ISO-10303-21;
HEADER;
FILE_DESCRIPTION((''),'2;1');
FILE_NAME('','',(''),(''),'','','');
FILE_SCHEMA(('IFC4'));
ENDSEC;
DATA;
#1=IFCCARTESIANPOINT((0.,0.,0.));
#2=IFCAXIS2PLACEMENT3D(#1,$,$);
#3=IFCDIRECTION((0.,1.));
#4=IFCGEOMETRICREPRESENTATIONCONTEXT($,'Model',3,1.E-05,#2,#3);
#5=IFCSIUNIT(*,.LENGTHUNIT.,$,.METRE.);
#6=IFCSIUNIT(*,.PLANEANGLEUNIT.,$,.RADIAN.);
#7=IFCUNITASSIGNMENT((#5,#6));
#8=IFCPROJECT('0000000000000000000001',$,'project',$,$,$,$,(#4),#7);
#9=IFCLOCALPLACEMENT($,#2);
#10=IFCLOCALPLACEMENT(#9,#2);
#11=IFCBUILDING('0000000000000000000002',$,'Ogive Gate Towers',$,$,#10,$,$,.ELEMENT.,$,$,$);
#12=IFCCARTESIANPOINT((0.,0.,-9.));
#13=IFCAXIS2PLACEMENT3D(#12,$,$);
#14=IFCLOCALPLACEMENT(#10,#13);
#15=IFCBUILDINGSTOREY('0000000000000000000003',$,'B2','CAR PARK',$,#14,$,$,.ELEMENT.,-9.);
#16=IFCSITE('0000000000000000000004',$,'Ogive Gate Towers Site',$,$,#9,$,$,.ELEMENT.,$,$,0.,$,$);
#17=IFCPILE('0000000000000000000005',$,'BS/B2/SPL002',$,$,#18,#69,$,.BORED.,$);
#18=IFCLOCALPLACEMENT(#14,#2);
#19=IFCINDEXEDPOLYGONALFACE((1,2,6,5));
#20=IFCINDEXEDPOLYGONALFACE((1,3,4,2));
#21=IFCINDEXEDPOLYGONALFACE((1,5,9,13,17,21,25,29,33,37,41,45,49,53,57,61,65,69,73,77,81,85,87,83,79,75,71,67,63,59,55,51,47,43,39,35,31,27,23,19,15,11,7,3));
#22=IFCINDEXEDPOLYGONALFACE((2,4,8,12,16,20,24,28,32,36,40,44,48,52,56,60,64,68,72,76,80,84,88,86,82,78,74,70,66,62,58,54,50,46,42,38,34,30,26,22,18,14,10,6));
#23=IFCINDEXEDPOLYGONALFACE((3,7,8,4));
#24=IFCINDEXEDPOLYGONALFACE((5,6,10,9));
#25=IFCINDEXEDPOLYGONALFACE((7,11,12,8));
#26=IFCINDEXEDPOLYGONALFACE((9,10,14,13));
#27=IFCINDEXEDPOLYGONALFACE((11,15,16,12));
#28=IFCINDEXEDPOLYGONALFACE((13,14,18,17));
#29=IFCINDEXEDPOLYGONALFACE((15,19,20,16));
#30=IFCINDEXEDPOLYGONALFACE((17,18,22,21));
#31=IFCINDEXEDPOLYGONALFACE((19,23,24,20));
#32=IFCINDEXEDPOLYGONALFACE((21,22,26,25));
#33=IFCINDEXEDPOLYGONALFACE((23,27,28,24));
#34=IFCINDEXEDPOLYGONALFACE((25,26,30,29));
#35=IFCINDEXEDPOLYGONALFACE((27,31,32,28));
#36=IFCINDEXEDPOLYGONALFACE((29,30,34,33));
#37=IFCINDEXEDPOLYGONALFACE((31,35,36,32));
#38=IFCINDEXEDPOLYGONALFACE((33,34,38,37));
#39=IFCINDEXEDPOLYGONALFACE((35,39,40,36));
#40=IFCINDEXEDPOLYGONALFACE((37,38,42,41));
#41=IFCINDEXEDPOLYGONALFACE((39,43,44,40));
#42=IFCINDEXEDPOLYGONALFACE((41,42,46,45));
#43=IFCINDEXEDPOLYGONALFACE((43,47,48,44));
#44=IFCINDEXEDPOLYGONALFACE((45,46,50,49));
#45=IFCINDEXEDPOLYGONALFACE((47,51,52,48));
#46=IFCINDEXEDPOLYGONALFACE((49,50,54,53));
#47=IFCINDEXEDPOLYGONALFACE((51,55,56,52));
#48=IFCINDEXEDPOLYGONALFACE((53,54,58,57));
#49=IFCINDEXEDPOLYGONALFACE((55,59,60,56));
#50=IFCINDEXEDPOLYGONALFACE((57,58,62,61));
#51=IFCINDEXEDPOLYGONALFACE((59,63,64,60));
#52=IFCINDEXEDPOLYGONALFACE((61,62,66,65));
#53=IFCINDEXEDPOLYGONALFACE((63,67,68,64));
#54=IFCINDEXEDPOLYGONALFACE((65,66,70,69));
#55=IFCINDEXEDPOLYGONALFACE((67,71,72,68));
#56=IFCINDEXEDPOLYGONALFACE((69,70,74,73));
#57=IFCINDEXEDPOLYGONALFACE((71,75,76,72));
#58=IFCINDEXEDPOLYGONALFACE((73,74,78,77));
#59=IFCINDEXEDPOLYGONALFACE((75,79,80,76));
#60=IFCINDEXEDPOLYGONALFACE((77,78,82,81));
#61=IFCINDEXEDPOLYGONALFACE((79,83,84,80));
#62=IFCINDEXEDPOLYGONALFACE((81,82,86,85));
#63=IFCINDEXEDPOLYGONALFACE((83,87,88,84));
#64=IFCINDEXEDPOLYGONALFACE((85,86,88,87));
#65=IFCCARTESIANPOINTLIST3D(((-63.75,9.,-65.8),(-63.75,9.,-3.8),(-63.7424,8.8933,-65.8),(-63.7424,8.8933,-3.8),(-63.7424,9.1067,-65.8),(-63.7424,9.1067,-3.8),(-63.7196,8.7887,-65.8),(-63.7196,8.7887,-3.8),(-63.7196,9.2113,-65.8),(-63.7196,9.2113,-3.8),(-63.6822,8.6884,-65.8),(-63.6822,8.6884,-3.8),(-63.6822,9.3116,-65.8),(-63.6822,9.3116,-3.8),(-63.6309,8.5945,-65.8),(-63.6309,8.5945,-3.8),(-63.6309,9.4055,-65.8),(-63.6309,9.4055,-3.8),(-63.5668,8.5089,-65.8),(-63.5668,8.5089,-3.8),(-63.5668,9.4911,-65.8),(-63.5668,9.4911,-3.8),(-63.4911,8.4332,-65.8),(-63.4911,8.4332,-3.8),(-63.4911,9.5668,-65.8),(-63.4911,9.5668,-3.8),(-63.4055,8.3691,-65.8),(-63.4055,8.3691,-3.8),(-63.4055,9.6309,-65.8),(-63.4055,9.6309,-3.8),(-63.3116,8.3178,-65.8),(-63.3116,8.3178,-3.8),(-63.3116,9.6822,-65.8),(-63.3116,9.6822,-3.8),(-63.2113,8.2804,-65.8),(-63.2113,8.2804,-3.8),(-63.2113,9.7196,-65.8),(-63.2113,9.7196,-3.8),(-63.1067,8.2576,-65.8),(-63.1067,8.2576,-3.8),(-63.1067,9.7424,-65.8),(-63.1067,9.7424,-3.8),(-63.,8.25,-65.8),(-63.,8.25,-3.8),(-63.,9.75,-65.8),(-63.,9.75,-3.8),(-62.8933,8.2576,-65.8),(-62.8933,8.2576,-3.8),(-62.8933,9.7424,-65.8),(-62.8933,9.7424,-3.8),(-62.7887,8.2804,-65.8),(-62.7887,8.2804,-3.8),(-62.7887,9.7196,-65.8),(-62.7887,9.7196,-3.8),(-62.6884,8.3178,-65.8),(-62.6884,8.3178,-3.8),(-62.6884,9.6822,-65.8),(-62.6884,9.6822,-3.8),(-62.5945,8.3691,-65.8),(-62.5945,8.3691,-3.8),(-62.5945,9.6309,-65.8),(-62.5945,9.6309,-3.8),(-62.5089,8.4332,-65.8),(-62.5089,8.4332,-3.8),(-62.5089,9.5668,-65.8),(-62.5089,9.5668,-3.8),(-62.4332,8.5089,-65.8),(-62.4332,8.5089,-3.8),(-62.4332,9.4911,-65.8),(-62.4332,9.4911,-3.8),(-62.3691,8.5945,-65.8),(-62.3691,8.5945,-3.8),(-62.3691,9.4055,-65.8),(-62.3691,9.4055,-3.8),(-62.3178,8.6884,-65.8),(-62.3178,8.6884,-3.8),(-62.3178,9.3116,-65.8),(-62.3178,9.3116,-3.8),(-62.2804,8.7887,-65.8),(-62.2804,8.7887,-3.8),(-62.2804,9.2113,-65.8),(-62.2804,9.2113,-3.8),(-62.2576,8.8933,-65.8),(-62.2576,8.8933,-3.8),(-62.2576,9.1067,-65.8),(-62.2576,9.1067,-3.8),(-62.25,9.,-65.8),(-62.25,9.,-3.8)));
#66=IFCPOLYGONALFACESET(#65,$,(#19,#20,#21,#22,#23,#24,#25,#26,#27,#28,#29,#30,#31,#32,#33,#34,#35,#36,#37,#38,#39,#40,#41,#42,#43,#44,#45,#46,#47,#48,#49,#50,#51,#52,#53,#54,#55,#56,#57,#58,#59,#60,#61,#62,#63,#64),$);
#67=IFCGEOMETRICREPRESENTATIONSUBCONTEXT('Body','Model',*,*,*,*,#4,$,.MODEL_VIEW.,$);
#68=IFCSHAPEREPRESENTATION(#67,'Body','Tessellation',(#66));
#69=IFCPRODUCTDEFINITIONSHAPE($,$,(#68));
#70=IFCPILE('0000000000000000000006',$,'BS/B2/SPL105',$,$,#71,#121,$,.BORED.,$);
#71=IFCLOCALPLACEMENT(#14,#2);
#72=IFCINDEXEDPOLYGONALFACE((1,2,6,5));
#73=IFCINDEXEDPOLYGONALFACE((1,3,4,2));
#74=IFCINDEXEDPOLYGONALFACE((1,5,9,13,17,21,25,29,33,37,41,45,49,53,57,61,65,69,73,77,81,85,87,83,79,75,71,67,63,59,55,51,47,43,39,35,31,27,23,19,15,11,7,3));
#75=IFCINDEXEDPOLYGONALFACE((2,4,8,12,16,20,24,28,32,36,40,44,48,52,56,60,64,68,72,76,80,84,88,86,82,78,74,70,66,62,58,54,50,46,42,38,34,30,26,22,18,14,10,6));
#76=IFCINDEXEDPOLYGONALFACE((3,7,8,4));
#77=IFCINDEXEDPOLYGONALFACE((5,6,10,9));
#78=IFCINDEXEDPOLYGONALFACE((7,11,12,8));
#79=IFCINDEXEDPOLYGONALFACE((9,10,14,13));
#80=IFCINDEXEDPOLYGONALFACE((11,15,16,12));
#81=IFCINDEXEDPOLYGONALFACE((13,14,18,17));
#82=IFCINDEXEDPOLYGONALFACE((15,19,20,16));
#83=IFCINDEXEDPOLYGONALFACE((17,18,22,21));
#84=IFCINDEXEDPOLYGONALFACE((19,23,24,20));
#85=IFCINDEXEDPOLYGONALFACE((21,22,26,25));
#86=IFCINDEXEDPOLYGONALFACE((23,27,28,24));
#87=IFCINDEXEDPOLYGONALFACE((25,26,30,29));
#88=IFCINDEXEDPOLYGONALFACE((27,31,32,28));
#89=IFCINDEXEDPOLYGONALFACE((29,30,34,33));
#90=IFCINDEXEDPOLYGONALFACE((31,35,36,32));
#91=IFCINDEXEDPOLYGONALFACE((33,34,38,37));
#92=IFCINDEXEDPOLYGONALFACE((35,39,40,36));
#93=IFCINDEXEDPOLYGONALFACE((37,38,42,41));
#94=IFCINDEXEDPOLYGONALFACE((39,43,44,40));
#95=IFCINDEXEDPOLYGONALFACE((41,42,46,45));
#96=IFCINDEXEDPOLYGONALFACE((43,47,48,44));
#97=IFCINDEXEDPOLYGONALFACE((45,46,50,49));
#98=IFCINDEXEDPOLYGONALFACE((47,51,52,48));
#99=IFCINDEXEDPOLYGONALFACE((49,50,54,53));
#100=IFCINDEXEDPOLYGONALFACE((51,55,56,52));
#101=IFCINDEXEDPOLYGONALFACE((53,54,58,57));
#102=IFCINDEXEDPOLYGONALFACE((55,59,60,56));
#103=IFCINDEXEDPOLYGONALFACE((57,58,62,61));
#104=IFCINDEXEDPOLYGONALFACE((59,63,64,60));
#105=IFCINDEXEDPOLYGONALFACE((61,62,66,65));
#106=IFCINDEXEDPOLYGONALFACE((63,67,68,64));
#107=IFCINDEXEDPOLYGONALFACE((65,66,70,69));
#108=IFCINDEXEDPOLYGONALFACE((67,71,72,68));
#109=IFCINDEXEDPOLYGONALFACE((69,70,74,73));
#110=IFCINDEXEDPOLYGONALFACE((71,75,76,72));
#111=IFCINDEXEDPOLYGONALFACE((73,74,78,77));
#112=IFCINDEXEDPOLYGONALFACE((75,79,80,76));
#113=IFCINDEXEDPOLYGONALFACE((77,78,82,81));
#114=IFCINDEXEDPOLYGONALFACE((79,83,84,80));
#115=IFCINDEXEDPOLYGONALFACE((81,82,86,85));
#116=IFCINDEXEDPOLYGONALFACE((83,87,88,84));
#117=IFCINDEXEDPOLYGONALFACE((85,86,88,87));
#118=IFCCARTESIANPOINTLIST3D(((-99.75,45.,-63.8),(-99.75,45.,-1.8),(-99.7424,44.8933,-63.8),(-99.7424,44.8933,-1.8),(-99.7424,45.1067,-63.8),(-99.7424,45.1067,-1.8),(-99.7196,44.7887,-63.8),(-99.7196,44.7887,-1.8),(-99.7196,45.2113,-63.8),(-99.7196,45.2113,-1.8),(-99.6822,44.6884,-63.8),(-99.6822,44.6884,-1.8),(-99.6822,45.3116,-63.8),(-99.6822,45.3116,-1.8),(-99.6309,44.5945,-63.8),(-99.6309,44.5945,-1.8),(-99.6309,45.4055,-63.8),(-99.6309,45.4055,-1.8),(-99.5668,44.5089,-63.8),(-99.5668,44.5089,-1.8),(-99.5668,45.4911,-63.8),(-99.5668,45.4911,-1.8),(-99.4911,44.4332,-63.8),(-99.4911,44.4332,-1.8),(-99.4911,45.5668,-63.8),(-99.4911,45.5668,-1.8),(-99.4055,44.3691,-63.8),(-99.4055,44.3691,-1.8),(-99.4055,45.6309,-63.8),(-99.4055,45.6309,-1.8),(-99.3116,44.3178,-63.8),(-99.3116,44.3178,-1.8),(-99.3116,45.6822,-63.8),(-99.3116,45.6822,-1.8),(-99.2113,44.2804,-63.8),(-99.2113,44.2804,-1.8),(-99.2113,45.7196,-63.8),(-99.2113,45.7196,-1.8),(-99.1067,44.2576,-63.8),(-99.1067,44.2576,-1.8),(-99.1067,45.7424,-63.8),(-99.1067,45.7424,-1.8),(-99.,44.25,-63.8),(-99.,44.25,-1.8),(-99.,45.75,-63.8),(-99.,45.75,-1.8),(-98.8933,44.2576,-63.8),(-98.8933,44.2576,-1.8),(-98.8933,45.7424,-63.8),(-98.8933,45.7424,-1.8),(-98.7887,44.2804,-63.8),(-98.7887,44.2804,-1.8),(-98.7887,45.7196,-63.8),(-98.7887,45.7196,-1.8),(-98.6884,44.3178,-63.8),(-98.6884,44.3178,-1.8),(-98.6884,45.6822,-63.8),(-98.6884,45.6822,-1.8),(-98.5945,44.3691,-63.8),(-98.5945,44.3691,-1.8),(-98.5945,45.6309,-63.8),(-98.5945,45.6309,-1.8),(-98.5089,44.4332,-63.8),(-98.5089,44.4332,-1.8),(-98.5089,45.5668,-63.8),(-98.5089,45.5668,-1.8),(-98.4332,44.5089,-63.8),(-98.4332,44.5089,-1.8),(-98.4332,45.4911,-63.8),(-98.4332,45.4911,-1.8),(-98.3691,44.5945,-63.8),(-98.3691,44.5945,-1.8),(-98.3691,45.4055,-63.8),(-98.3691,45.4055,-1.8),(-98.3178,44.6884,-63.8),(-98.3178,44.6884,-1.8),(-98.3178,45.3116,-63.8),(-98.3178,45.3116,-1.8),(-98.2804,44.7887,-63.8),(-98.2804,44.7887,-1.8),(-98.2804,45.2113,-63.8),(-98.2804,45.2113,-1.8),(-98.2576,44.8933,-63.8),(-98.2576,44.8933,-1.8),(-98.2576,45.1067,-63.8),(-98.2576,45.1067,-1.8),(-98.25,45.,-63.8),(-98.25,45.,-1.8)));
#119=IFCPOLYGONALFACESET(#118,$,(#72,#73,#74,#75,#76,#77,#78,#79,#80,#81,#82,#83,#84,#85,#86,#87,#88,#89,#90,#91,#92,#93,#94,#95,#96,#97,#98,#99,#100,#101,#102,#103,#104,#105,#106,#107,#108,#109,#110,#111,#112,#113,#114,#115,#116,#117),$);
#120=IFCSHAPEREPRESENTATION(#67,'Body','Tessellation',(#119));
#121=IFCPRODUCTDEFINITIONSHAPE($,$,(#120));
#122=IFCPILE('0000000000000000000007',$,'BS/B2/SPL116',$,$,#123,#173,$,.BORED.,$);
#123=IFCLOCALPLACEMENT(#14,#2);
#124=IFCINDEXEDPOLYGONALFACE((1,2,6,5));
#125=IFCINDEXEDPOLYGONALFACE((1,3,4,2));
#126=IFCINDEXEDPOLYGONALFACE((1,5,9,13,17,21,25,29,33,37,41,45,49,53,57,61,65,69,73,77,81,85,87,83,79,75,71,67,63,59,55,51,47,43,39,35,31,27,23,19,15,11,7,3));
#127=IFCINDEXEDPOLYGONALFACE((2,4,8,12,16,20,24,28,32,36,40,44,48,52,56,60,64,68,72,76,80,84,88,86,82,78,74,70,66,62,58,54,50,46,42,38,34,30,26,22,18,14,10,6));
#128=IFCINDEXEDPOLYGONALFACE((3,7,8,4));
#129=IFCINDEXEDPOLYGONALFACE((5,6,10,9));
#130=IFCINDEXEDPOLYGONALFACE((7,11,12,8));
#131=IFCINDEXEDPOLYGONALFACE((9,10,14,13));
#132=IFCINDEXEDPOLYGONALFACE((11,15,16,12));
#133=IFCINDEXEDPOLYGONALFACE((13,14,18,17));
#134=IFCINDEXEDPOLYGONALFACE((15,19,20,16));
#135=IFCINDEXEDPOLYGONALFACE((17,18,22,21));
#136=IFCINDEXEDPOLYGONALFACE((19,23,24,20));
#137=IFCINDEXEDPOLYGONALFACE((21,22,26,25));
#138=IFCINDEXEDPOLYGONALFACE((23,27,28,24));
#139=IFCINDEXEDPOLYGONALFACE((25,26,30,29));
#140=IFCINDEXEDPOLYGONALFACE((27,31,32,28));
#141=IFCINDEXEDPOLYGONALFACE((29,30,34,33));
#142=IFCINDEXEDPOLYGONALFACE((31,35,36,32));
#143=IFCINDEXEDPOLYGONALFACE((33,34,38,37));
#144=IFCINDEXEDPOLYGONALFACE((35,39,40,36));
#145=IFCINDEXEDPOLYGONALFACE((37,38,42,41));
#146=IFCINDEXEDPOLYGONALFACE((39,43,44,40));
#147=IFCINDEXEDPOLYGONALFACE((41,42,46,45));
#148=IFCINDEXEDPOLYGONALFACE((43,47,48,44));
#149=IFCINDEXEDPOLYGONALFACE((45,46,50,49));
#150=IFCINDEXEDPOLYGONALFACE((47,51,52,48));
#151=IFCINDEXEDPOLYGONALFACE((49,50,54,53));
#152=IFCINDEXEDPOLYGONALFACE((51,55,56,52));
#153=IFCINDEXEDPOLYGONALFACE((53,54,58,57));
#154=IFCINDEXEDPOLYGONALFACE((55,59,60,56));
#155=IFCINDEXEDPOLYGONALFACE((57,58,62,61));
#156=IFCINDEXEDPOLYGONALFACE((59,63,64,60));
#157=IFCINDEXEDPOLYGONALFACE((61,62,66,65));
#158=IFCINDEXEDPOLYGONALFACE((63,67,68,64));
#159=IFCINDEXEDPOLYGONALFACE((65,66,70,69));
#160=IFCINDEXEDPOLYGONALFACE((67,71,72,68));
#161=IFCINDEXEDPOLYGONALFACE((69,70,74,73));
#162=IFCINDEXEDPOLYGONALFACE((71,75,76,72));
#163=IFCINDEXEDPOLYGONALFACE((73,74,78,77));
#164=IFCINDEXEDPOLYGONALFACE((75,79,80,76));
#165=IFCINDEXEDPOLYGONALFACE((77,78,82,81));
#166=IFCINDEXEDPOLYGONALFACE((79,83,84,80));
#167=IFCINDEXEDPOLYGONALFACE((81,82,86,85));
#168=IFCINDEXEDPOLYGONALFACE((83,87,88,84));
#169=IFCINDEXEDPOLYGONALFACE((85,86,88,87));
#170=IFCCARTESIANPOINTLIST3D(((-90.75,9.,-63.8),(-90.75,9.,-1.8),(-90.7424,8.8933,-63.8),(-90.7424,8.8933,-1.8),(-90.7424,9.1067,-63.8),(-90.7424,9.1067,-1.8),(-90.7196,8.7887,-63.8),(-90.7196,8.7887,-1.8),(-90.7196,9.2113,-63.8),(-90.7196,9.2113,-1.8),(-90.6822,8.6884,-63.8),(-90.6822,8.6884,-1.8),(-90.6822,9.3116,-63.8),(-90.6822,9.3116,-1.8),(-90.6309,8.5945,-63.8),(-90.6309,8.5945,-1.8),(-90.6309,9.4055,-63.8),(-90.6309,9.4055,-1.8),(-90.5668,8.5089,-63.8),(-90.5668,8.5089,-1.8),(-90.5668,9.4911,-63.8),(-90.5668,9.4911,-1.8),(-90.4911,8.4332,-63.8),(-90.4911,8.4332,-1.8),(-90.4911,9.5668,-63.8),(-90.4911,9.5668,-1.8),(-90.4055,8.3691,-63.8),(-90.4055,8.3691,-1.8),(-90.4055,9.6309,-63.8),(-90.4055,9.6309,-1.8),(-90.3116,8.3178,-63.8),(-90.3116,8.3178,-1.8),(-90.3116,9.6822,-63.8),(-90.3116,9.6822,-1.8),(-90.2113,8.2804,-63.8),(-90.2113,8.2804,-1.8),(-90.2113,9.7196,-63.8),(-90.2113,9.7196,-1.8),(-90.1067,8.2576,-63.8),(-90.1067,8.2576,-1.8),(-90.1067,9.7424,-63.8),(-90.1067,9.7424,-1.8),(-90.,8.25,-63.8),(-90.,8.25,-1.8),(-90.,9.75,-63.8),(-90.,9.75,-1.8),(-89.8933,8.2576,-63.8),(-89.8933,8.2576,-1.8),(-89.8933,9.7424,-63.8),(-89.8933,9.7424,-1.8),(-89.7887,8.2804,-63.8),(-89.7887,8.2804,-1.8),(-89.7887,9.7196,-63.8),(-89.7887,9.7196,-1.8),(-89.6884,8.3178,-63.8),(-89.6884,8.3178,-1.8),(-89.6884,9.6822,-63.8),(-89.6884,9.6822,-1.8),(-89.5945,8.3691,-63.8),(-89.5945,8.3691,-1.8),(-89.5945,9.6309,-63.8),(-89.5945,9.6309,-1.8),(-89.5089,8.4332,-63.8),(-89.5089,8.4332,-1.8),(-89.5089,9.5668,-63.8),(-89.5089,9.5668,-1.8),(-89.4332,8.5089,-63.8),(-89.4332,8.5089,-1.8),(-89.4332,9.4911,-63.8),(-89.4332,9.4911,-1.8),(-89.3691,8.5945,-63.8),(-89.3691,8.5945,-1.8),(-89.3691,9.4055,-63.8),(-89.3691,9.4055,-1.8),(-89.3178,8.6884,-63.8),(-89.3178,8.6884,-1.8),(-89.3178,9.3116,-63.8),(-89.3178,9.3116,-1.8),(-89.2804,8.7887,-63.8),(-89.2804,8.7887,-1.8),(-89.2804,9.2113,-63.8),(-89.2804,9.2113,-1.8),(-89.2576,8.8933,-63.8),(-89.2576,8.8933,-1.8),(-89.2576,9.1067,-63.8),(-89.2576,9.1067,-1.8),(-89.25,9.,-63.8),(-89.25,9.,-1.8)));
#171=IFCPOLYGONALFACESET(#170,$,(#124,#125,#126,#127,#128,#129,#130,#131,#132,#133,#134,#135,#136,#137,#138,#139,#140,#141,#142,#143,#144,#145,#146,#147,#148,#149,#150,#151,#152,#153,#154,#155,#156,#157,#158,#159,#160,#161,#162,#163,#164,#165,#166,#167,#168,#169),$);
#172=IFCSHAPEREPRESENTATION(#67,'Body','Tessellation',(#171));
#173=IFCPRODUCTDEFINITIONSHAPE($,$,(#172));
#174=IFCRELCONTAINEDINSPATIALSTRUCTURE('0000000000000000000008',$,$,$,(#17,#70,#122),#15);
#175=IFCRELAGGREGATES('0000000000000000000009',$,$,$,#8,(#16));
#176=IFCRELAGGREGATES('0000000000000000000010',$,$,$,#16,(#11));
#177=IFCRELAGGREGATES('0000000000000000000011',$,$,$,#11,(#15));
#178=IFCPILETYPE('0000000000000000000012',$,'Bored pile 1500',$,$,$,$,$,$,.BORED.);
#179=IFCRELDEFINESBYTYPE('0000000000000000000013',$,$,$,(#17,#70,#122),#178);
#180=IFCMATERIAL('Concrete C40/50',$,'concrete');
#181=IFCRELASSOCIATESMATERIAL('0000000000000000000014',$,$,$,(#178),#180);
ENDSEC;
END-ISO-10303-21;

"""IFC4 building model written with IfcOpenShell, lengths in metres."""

from ifc_helpers import new_model, si_unit, direction, frame, origin, origin_2d, place, context, subcontext, project, spatial, circle, extrude, material, material_profile, profile_set, type_object, element, save


model = new_model("IFC4")

# Units and contexts
model_context = context("Model", 3, precision=1e-05, world=origin(), true_north=direction((0.0, 1.0)))
body_context = subcontext(model_context, "Body", "Model", "MODEL_VIEW")
ifc_project = project(units=[si_unit("LENGTHUNIT", "METRE"), si_unit("PLANEANGLEUNIT", "RADIAN")], contexts=[model_context])

# Site, building, storey
site_placement = place(None, origin())
site = spatial("IfcSite", under=ifc_project, at=site_placement, Name="Ogive Gate Towers Site", CompositionType="ELEMENT", RefElevation=0.0)
building_placement = place(site_placement, origin())
building = spatial("IfcBuilding", under=site, at=building_placement, Name="Ogive Gate Towers", CompositionType="ELEMENT")
storey_placement = place(building_placement, frame((0.0, 0.0, -9.0)))
storey = spatial("IfcBuildingStorey", under=building, at=storey_placement, Name="B2", Description="CAR PARK", CompositionType="ELEMENT", Elevation=-9.0)

# Piles
ifc_material_1 = material(Name="Concrete C40/50", Category="concrete")
ifc_material_profile_1 = material_profile(ifc_material_1, circle(Radius=0.75, at=origin_2d()), Name="BP 1500")
ifc_profile_set_1 = profile_set([ifc_material_profile_1], Name="Concrete C40/50")
pile_type = type_object("IfcPileType", Name="Bored pile 1500", PredefinedType="BORED", material=ifc_profile_set_1)
for number, where, z_axis, x_axis, name in (
    (1, (-63.0, 9.0, -3.8), (0.0, 0.0, -1.0), (1.0, 0.0, 0.0), "BS/B2/SPL002"),
    (2, (-99.0, 45.0, -1.8), (0.0, 0.0, -1.0), (1.0, 0.0, 0.0), "BS/B2/SPL105"),
    (3, (-90.0, 9.0, -1.8), (0.0, 0.0, -1.0), (1.0, 0.0, 0.0), "BS/B2/SPL116"),
):
    element("IfcPile", number, at=place(storey_placement, frame(where, z_axis=z_axis, x_axis=x_axis)), inside=storey, type_object=pile_type, Name=name, PredefinedType="BORED", context=body_context, shape_type="SweptSolid", body=[
        extrude(circle(Radius=0.75, at=origin_2d()), origin(), (0.0, 0.0, 1.0), 62.0),
    ])

save(model, "model.ifc")
